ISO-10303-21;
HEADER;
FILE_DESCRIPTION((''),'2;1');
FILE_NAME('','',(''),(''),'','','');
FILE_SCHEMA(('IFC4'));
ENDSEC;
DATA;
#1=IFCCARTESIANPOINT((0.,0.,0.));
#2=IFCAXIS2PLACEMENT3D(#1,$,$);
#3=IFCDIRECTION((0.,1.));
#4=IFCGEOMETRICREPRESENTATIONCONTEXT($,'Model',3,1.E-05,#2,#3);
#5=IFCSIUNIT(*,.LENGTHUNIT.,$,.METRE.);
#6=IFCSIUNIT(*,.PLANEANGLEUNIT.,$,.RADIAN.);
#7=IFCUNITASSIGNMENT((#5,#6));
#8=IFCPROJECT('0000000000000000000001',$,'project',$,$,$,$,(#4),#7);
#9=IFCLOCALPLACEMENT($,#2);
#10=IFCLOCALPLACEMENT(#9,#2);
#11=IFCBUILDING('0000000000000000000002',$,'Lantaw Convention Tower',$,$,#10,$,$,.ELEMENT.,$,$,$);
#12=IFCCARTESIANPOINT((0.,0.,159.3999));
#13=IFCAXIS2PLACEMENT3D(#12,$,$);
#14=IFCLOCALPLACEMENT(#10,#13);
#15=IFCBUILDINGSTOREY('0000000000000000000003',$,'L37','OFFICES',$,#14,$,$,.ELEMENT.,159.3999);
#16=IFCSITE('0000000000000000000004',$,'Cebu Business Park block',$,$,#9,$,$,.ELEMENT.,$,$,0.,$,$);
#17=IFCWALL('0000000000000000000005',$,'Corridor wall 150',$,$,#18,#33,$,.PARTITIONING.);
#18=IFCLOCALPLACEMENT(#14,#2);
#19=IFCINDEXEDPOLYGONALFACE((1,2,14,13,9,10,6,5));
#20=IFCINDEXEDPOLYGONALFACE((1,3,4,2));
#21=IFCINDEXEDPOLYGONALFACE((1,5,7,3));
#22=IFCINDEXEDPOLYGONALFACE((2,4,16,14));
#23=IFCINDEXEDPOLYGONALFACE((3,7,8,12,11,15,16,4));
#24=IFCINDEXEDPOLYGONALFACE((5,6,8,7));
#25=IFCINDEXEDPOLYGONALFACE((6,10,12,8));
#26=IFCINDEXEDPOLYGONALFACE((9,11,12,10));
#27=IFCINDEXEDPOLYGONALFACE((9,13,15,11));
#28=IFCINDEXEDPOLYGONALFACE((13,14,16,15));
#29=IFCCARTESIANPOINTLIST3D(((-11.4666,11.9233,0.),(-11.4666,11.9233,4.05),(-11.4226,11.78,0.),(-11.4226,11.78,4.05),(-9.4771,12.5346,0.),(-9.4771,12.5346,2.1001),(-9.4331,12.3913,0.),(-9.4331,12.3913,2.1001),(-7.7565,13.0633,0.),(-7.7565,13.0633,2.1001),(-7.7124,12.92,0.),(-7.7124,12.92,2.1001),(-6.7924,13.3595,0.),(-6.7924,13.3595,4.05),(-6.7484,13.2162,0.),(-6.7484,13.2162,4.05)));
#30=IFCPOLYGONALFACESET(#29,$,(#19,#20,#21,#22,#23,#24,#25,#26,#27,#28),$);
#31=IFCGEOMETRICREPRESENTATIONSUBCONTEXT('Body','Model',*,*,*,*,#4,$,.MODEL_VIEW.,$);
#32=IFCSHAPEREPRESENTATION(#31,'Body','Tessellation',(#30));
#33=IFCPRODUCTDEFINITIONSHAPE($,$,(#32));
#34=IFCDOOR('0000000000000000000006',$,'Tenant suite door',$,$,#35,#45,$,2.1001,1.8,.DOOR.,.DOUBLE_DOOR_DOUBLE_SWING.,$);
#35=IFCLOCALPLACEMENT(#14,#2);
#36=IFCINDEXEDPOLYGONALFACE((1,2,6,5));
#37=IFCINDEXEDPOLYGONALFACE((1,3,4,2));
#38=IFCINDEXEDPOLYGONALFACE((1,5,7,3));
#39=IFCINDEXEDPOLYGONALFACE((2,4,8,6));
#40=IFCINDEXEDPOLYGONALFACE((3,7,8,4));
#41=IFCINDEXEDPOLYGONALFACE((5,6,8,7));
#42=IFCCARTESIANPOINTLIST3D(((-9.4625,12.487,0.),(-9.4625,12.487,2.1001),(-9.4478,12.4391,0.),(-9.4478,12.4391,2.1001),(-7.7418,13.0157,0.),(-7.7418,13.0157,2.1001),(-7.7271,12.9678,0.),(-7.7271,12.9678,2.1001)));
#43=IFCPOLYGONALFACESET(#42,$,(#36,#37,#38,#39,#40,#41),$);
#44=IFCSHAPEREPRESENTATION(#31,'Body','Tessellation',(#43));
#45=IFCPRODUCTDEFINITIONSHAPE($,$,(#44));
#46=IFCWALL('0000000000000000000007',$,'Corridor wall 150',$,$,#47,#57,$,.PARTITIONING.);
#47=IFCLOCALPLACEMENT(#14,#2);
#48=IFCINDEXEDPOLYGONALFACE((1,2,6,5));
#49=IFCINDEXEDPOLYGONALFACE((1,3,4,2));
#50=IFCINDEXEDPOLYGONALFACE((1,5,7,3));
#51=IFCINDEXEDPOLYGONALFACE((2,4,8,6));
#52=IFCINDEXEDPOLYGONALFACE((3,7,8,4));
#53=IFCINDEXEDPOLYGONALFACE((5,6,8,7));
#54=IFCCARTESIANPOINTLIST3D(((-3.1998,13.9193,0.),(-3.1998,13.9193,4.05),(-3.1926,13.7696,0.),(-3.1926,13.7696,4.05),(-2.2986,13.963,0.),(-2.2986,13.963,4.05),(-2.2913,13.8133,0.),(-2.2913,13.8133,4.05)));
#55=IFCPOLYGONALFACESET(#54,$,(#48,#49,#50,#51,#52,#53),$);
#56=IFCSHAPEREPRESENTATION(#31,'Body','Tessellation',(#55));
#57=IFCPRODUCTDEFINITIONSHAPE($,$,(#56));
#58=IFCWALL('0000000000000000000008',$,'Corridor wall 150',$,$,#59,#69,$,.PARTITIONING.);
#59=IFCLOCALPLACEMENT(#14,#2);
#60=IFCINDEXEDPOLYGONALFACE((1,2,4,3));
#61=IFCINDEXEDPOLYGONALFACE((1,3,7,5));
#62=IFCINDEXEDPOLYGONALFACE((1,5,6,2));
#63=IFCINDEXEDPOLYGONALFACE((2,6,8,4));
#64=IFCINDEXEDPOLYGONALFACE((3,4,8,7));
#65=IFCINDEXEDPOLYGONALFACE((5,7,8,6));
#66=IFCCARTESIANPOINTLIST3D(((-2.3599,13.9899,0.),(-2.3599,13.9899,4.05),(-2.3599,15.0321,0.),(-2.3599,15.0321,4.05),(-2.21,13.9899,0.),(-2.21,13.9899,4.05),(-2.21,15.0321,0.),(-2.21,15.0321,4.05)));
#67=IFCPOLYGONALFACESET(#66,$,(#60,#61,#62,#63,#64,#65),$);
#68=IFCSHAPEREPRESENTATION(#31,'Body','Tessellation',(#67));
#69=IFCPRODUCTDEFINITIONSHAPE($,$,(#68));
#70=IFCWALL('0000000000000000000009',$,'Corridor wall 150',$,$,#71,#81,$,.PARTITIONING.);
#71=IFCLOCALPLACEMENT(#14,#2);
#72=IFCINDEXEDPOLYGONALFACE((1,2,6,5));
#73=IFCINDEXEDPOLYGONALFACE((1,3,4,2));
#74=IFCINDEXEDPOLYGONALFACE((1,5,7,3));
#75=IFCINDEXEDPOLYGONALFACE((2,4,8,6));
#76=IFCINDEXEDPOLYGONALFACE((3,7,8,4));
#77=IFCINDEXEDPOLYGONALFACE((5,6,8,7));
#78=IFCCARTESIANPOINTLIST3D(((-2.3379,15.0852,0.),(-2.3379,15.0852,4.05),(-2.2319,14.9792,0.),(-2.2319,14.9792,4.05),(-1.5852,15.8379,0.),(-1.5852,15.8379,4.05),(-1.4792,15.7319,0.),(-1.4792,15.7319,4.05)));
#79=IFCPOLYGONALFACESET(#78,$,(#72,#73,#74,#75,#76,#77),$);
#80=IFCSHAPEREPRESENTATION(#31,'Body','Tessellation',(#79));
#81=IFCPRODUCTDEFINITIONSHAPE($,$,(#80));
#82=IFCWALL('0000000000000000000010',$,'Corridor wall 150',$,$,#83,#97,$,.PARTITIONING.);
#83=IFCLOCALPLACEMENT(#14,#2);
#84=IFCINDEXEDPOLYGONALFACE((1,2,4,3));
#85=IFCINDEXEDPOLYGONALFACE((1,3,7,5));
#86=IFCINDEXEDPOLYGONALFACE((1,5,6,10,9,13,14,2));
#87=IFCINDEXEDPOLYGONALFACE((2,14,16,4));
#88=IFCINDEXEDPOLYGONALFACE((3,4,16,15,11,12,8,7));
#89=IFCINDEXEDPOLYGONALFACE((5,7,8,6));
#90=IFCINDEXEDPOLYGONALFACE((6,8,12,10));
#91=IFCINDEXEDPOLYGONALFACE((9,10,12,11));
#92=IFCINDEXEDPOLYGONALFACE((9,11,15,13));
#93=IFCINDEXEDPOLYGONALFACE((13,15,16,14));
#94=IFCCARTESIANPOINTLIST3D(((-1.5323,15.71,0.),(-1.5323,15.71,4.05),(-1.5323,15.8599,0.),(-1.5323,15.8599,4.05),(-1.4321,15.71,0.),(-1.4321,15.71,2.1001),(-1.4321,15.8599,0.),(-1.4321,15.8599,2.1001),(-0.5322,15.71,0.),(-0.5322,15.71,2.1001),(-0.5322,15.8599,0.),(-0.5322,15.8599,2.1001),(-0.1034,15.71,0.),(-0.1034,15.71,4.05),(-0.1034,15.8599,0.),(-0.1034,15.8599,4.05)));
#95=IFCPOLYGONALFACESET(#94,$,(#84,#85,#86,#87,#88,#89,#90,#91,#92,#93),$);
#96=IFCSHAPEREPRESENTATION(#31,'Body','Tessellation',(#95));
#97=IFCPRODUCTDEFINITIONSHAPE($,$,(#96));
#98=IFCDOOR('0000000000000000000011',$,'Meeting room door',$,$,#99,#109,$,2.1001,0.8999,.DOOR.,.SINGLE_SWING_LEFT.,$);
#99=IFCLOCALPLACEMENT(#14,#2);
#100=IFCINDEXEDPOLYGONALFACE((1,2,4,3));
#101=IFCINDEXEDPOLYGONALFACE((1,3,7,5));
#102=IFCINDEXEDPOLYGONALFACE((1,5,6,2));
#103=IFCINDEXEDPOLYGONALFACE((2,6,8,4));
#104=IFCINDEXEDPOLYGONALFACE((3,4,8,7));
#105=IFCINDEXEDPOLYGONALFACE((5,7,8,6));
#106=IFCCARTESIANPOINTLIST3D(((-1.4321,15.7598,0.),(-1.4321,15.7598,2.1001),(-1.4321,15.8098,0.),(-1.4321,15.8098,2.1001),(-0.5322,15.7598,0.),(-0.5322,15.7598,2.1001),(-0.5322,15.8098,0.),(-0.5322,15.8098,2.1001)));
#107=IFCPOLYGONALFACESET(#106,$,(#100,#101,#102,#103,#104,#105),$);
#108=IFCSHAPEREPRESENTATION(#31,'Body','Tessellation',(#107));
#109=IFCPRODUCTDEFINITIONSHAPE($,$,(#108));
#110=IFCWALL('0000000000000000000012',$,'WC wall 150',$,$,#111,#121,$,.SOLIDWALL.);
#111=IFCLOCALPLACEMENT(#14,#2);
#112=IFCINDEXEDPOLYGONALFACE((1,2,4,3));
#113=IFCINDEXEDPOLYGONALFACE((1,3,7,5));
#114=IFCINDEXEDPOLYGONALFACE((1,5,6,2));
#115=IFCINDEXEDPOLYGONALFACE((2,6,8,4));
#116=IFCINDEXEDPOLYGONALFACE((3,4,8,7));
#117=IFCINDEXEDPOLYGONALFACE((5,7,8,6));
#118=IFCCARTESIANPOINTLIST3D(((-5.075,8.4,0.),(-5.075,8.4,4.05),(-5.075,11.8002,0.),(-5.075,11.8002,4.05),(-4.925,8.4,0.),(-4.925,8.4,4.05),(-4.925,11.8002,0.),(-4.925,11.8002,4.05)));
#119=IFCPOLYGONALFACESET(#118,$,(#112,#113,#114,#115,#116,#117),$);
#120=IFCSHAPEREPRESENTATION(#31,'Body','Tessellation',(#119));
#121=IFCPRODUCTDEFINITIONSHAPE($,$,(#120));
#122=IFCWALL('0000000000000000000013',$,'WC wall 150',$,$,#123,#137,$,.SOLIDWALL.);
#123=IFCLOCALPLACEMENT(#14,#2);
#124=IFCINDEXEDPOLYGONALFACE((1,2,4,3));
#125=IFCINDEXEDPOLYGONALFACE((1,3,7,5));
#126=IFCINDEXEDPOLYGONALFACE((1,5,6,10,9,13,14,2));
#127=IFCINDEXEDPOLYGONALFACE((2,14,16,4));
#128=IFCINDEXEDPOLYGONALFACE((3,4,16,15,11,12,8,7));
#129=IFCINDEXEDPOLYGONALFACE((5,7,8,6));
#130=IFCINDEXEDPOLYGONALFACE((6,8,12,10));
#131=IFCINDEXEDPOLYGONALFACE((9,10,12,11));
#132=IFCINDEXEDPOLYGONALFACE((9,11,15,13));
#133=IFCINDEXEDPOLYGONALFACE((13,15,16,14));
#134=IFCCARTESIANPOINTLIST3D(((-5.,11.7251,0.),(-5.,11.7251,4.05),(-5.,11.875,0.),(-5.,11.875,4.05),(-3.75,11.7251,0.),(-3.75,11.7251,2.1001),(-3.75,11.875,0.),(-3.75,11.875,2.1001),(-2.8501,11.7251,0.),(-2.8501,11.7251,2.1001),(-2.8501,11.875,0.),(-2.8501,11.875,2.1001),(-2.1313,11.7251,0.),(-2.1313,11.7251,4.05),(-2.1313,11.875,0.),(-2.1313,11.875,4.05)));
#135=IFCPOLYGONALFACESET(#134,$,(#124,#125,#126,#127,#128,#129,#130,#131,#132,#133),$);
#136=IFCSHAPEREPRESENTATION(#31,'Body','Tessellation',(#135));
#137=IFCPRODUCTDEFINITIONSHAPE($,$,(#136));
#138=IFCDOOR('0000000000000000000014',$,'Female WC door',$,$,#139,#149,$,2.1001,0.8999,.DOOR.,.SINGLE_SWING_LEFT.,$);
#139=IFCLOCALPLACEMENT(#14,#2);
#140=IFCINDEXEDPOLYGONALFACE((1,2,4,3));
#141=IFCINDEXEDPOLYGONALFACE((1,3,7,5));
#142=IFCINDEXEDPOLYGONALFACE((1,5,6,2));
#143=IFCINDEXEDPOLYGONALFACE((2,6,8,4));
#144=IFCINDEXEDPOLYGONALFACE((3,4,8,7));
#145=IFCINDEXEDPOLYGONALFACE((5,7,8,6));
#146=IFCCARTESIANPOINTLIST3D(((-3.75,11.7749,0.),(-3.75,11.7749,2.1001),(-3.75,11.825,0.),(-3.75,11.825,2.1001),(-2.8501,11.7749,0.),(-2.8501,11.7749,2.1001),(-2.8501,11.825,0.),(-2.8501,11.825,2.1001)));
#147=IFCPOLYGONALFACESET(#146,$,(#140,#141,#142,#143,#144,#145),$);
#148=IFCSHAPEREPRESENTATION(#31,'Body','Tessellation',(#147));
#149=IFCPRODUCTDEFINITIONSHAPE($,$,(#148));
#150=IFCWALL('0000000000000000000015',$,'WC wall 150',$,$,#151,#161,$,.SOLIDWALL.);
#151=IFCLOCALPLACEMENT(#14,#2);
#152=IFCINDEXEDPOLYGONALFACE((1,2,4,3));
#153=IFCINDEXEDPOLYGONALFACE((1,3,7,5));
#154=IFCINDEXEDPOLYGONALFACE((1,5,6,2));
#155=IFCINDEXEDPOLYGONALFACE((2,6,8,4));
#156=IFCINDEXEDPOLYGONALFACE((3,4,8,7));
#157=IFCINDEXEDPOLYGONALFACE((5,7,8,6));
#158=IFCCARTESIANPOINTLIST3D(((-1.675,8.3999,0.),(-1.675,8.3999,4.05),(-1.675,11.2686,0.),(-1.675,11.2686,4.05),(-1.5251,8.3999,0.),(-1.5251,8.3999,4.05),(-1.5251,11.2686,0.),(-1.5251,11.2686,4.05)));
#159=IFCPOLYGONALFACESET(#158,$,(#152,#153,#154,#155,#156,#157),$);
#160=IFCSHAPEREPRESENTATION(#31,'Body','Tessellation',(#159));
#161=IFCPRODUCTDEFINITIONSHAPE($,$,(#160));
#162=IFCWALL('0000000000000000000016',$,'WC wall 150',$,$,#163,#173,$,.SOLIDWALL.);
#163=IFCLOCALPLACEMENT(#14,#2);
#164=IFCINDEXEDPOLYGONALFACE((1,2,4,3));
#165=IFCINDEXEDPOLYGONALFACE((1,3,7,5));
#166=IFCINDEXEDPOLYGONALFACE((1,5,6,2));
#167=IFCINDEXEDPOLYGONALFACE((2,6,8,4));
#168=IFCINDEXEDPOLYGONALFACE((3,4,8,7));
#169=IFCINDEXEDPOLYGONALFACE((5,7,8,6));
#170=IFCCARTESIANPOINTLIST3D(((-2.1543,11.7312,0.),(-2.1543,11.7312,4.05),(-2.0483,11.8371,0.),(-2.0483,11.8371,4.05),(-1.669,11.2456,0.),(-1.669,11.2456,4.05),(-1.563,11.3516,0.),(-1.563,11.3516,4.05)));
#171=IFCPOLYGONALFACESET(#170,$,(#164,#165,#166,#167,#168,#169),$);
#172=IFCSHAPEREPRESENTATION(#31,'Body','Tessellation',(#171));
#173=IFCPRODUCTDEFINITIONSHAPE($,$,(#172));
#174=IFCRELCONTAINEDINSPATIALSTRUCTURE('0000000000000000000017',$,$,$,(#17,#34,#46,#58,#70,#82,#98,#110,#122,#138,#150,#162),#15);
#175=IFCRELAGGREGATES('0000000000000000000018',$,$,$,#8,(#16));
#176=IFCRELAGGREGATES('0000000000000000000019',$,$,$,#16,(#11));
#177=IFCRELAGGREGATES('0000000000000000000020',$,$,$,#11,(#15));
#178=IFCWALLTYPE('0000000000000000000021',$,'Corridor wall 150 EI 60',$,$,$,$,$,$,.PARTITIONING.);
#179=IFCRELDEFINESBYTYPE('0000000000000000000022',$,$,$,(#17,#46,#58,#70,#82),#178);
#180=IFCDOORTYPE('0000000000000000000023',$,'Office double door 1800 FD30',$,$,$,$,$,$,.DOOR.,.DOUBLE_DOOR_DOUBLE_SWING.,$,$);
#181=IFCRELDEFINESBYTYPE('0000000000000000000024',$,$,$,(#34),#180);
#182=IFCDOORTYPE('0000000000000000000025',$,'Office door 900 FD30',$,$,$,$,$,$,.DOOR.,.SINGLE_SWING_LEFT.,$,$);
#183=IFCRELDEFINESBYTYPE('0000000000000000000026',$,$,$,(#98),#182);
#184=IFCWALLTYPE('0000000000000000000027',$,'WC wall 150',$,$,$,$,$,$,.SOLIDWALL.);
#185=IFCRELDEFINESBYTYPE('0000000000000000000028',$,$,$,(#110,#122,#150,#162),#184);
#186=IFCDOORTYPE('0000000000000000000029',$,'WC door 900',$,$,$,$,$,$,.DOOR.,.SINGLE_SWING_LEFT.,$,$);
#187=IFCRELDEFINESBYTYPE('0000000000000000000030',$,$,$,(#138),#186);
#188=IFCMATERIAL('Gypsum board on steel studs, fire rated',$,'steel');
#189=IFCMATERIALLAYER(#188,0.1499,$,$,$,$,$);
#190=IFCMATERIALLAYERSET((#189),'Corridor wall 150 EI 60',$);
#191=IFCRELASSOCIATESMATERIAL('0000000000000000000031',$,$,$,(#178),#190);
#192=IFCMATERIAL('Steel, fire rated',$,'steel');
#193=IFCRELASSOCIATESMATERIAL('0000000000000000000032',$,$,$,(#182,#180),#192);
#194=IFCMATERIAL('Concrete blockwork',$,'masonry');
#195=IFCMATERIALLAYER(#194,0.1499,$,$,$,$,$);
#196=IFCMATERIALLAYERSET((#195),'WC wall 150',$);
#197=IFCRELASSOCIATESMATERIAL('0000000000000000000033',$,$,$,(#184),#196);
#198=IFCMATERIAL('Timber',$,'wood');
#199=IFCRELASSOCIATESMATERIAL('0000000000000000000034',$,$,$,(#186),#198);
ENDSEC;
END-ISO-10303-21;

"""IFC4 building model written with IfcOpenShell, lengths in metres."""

from ifc_helpers import new_model, si_unit, direction, frame, frame_2d, origin, place, context, subcontext, project, spatial, rectangle, extrude, material, layer, layer_set, type_object, element, fill, save


model = new_model("IFC4")

# Units and contexts
model_context = context("Model", 3, precision=1e-05, world=origin(), true_north=direction((0.0, 1.0)))
body_context = subcontext(model_context, "Body", "Model", "MODEL_VIEW")
ifc_project = project(units=[si_unit("LENGTHUNIT", "METRE"), si_unit("PLANEANGLEUNIT", "RADIAN")], contexts=[model_context])

# Site, building, storey
site_placement = place(None, origin())
site = spatial("IfcSite", under=ifc_project, at=site_placement, Name="Cebu Business Park block", CompositionType="ELEMENT", RefElevation=0.0)
building_placement = place(site_placement, origin())
building = spatial("IfcBuilding", under=site, at=building_placement, Name="Lantaw Convention Tower", CompositionType="ELEMENT")
storey_placement = place(building_placement, frame((0.0, 0.0, 159.3999)))
storey = spatial("IfcBuildingStorey", under=building, at=storey_placement, Name="L37", Description="OFFICES", CompositionType="ELEMENT", Elevation=159.3999)

# Wall, opening, door
ifc_material_1 = material(Name="Gypsum board on steel studs, fire rated", Category="steel")
ifc_layer_1 = layer(ifc_material_1, 0.1499)
ifc_layer_set_1 = layer_set([ifc_layer_1], Name="Corridor wall 150 EI 60")
wall_type_1 = type_object("IfcWallType", Name="Corridor wall 150 EI 60", PredefinedType="PARTITIONING", material=ifc_layer_set_1)
ifc_material_2 = material(Name="Steel, fire rated", Category="steel")
door_type_1 = type_object("IfcDoorType", Name="Office door 900 FD30", OperationType="SINGLE_SWING_LEFT", PredefinedType="DOOR", material=ifc_material_2)
wall_1_placement = place(storey_placement, frame((-6.7705, 13.2878, 0.0), z_axis=(0.0, 0.0, 1.0), x_axis=(-0.955892, -0.293717, 0.0)))
wall_1 = element("IfcWall", 1, at=wall_1_placement, inside=storey, type_object=wall_type_1, Name="Corridor wall 150", PredefinedType="PARTITIONING", context=body_context, shape_type="SweptSolid", body=[
    extrude(rectangle(XDim=4.8899, YDim=0.1499, at=frame_2d((2.4448, 0.0))), origin(), (0.0, 0.0, 1.0), 4.05),
])
opening_1_placement = place(wall_1_placement, frame((1.0085, 0.0, 0.0)))
opening_1 = element("IfcOpeningElement", 2, at=opening_1_placement, cuts=wall_1, PredefinedType="OPENING", context=body_context, shape_type="SweptSolid", body=[
    extrude(rectangle(XDim=1.8, YDim=2.1001, at=frame_2d((0.8999, 1.05))), frame((0.0, 0.085, 0.0), z_axis=(0.0, -1.0, 0.0), x_axis=(1.0, 0.0, 0.0)), (0.0, 0.0, 1.0), 0.1699),
])
door_type_2 = type_object("IfcDoorType", Name="Office double door 1800 FD30", OperationType="DOUBLE_DOOR_DOUBLE_SWING", PredefinedType="DOOR", material=ifc_material_2)
door_1_placement = place(opening_1_placement, origin())
door_1 = element("IfcDoor", 3, at=door_1_placement, inside=storey, type_object=door_type_2, Name="Tenant suite door", OperationType="DOUBLE_DOOR_DOUBLE_SWING", OverallHeight=2.1001, OverallWidth=1.8, PredefinedType="DOOR", context=body_context, shape_type="SweptSolid", body=[
    extrude(rectangle(XDim=1.8, YDim=2.1001, at=frame_2d((0.8999, 1.05))), frame((0.0, 0.0249, 0.0), z_axis=(0.0, -1.0, 0.0), x_axis=(1.0, 0.0, 0.0)), (0.0, 0.0, 1.0), 0.05),
])
fill(opening_1, door_1)

# Walls
wall_2_placement = place(storey_placement, frame((-2.2949, 13.8882, 0.0), z_axis=(0.0, 0.0, 1.0), x_axis=(-0.998827, -0.048426, 0.0)))
element("IfcWall", 4, at=wall_2_placement, inside=storey, type_object=wall_type_1, Name="Corridor wall 150", PredefinedType="PARTITIONING", context=body_context, shape_type="SweptSolid", body=[
    extrude(rectangle(XDim=0.9023, YDim=0.1499, at=frame_2d((0.4512, 0.0))), origin(), (0.0, 0.0, 1.0), 4.05),
])
wall_3_placement = place(storey_placement, frame((-2.2849, 13.99, 0.0), z_axis=(0.0, 0.0, 1.0), x_axis=(0.0, 1.0, 0.0)))
element("IfcWall", 5, at=wall_3_placement, inside=storey, type_object=wall_type_1, Name="Corridor wall 150", PredefinedType="PARTITIONING", context=body_context, shape_type="SweptSolid", body=[
    extrude(rectangle(XDim=1.0422, YDim=0.1499, at=frame_2d((0.521, 0.0))), origin(), (0.0, 0.0, 1.0), 4.05),
])
wall_4_placement = place(storey_placement, frame((-2.2849, 15.0322, 0.0), z_axis=(0.0, 0.0, 1.0), x_axis=(0.707107, 0.707107, 0.0)))
element("IfcWall", 6, at=wall_4_placement, inside=storey, type_object=wall_type_1, Name="Corridor wall 150", PredefinedType="PARTITIONING", context=body_context, shape_type="SweptSolid", body=[
    extrude(rectangle(XDim=1.0645, YDim=0.1499, at=frame_2d((0.5322, 0.0))), origin(), (0.0, 0.0, 1.0), 4.05),
])

# Wall, opening, door
wall_5_placement = place(storey_placement, frame((-1.5322, 15.7849, 0.0), z_axis=(0.0, 0.0, 1.0), x_axis=(1.0, 0.0, 0.0)))
wall_5 = element("IfcWall", 7, at=wall_5_placement, inside=storey, type_object=wall_type_1, Name="Corridor wall 150", PredefinedType="PARTITIONING", context=body_context, shape_type="SweptSolid", body=[
    extrude(rectangle(XDim=1.429, YDim=0.1499, at=frame_2d((0.7144, 0.0))), origin(), (0.0, 0.0, 1.0), 4.05),
])
opening_2_placement = place(wall_5_placement, frame((0.1001, 0.0, 0.0)))
opening_2 = element("IfcOpeningElement", 8, at=opening_2_placement, cuts=wall_5, PredefinedType="OPENING", context=body_context, shape_type="SweptSolid", body=[
    extrude(rectangle(XDim=0.8999, YDim=2.1001, at=frame_2d((0.45, 1.05))), frame((0.0, 0.085, 0.0), z_axis=(0.0, -1.0, 0.0), x_axis=(1.0, 0.0, 0.0)), (0.0, 0.0, 1.0), 0.1699),
])
door_2_placement = place(opening_2_placement, origin())
door_2 = element("IfcDoor", 9, at=door_2_placement, inside=storey, type_object=door_type_1, Name="Meeting room door", OperationType="SINGLE_SWING_LEFT", OverallHeight=2.1001, OverallWidth=0.8999, PredefinedType="DOOR", context=body_context, shape_type="SweptSolid", body=[
    extrude(rectangle(XDim=0.8999, YDim=2.1001, at=frame_2d((0.45, 1.05))), frame((0.0, 0.0249, 0.0), z_axis=(0.0, -1.0, 0.0), x_axis=(1.0, 0.0, 0.0)), (0.0, 0.0, 1.0), 0.05),
])
fill(opening_2, door_2)

# Wall
ifc_material_3 = material(Name="Concrete blockwork", Category="masonry")
ifc_layer_2 = layer(ifc_material_3, 0.1499)
ifc_layer_set_2 = layer_set([ifc_layer_2], Name="WC wall 150")
wall_type_2 = type_object("IfcWallType", Name="WC wall 150", PredefinedType="SOLIDWALL", material=ifc_layer_set_2)
wall_6_placement = place(storey_placement, frame((-5.0, 8.3999, 0.0), z_axis=(0.0, 0.0, 1.0), x_axis=(0.0, 1.0, 0.0)))
element("IfcWall", 10, at=wall_6_placement, inside=storey, type_object=wall_type_2, Name="WC wall 150", PredefinedType="SOLIDWALL", context=body_context, shape_type="SweptSolid", body=[
    extrude(rectangle(XDim=3.4001, YDim=0.1499, at=frame_2d((1.7002, 0.0))), origin(), (0.0, 0.0, 1.0), 4.05),
])

# Wall, opening, door
wall_7_placement = place(storey_placement, frame((-5.0, 11.8, 0.0), z_axis=(0.0, 0.0, 1.0), x_axis=(1.0, 0.0, 0.0)))
wall_7 = element("IfcWall", 11, at=wall_7_placement, inside=storey, type_object=wall_type_2, Name="WC wall 150", PredefinedType="SOLIDWALL", context=body_context, shape_type="SweptSolid", body=[
    extrude(rectangle(XDim=2.8687, YDim=0.1499, at=frame_2d((1.4343, 0.0))), origin(), (0.0, 0.0, 1.0), 4.05),
])
opening_3_placement = place(wall_7_placement, frame((1.25, 0.0, 0.0)))
opening_3 = element("IfcOpeningElement", 12, at=opening_3_placement, cuts=wall_7, PredefinedType="OPENING", context=body_context, shape_type="SweptSolid", body=[
    extrude(rectangle(XDim=0.8999, YDim=2.1001, at=frame_2d((0.45, 1.05))), frame((0.0, 0.085, 0.0), z_axis=(0.0, -1.0, 0.0), x_axis=(1.0, 0.0, 0.0)), (0.0, 0.0, 1.0), 0.1699),
])
ifc_material_4 = material(Name="Timber", Category="wood")
door_type_3 = type_object("IfcDoorType", Name="WC door 900", OperationType="SINGLE_SWING_LEFT", PredefinedType="DOOR", material=ifc_material_4)
door_3_placement = place(opening_3_placement, origin())
door_3 = element("IfcDoor", 13, at=door_3_placement, inside=storey, type_object=door_type_3, Name="Female WC door", OperationType="SINGLE_SWING_LEFT", OverallHeight=2.1001, OverallWidth=0.8999, PredefinedType="DOOR", context=body_context, shape_type="SweptSolid", body=[
    extrude(rectangle(XDim=0.8999, YDim=2.1001, at=frame_2d((0.45, 1.05))), frame((0.0, 0.0249, 0.0), z_axis=(0.0, -1.0, 0.0), x_axis=(1.0, 0.0, 0.0)), (0.0, 0.0, 1.0), 0.05),
])
fill(opening_3, door_3)

# Walls
wall_8_placement = place(storey_placement, frame((-1.6001, 8.3999, 0.0), z_axis=(0.0, 0.0, 1.0), x_axis=(0.0, 1.0, 0.0)))
element("IfcWall", 14, at=wall_8_placement, inside=storey, type_object=wall_type_2, Name="WC wall 150", PredefinedType="SOLIDWALL", context=body_context, shape_type="SweptSolid", body=[
    extrude(rectangle(XDim=2.8687, YDim=0.1499, at=frame_2d((1.4343, 0.0))), origin(), (0.0, 0.0, 1.0), 4.05),
])
wall_9_placement = place(storey_placement, frame((-1.616, 11.2986, 0.0), z_axis=(0.0, 0.0, 1.0), x_axis=(-0.706929, 0.707285, 0.0)))
element("IfcWall", 15, at=wall_9_placement, inside=storey, type_object=wall_type_2, Name="WC wall 150", PredefinedType="SOLIDWALL", context=body_context, shape_type="SweptSolid", body=[
    extrude(rectangle(XDim=0.6865, YDim=0.1499, at=frame_2d((0.3433, 0.0))), origin(), (0.0, 0.0, 1.0), 4.05),
])

save(model, "model.ifc")
